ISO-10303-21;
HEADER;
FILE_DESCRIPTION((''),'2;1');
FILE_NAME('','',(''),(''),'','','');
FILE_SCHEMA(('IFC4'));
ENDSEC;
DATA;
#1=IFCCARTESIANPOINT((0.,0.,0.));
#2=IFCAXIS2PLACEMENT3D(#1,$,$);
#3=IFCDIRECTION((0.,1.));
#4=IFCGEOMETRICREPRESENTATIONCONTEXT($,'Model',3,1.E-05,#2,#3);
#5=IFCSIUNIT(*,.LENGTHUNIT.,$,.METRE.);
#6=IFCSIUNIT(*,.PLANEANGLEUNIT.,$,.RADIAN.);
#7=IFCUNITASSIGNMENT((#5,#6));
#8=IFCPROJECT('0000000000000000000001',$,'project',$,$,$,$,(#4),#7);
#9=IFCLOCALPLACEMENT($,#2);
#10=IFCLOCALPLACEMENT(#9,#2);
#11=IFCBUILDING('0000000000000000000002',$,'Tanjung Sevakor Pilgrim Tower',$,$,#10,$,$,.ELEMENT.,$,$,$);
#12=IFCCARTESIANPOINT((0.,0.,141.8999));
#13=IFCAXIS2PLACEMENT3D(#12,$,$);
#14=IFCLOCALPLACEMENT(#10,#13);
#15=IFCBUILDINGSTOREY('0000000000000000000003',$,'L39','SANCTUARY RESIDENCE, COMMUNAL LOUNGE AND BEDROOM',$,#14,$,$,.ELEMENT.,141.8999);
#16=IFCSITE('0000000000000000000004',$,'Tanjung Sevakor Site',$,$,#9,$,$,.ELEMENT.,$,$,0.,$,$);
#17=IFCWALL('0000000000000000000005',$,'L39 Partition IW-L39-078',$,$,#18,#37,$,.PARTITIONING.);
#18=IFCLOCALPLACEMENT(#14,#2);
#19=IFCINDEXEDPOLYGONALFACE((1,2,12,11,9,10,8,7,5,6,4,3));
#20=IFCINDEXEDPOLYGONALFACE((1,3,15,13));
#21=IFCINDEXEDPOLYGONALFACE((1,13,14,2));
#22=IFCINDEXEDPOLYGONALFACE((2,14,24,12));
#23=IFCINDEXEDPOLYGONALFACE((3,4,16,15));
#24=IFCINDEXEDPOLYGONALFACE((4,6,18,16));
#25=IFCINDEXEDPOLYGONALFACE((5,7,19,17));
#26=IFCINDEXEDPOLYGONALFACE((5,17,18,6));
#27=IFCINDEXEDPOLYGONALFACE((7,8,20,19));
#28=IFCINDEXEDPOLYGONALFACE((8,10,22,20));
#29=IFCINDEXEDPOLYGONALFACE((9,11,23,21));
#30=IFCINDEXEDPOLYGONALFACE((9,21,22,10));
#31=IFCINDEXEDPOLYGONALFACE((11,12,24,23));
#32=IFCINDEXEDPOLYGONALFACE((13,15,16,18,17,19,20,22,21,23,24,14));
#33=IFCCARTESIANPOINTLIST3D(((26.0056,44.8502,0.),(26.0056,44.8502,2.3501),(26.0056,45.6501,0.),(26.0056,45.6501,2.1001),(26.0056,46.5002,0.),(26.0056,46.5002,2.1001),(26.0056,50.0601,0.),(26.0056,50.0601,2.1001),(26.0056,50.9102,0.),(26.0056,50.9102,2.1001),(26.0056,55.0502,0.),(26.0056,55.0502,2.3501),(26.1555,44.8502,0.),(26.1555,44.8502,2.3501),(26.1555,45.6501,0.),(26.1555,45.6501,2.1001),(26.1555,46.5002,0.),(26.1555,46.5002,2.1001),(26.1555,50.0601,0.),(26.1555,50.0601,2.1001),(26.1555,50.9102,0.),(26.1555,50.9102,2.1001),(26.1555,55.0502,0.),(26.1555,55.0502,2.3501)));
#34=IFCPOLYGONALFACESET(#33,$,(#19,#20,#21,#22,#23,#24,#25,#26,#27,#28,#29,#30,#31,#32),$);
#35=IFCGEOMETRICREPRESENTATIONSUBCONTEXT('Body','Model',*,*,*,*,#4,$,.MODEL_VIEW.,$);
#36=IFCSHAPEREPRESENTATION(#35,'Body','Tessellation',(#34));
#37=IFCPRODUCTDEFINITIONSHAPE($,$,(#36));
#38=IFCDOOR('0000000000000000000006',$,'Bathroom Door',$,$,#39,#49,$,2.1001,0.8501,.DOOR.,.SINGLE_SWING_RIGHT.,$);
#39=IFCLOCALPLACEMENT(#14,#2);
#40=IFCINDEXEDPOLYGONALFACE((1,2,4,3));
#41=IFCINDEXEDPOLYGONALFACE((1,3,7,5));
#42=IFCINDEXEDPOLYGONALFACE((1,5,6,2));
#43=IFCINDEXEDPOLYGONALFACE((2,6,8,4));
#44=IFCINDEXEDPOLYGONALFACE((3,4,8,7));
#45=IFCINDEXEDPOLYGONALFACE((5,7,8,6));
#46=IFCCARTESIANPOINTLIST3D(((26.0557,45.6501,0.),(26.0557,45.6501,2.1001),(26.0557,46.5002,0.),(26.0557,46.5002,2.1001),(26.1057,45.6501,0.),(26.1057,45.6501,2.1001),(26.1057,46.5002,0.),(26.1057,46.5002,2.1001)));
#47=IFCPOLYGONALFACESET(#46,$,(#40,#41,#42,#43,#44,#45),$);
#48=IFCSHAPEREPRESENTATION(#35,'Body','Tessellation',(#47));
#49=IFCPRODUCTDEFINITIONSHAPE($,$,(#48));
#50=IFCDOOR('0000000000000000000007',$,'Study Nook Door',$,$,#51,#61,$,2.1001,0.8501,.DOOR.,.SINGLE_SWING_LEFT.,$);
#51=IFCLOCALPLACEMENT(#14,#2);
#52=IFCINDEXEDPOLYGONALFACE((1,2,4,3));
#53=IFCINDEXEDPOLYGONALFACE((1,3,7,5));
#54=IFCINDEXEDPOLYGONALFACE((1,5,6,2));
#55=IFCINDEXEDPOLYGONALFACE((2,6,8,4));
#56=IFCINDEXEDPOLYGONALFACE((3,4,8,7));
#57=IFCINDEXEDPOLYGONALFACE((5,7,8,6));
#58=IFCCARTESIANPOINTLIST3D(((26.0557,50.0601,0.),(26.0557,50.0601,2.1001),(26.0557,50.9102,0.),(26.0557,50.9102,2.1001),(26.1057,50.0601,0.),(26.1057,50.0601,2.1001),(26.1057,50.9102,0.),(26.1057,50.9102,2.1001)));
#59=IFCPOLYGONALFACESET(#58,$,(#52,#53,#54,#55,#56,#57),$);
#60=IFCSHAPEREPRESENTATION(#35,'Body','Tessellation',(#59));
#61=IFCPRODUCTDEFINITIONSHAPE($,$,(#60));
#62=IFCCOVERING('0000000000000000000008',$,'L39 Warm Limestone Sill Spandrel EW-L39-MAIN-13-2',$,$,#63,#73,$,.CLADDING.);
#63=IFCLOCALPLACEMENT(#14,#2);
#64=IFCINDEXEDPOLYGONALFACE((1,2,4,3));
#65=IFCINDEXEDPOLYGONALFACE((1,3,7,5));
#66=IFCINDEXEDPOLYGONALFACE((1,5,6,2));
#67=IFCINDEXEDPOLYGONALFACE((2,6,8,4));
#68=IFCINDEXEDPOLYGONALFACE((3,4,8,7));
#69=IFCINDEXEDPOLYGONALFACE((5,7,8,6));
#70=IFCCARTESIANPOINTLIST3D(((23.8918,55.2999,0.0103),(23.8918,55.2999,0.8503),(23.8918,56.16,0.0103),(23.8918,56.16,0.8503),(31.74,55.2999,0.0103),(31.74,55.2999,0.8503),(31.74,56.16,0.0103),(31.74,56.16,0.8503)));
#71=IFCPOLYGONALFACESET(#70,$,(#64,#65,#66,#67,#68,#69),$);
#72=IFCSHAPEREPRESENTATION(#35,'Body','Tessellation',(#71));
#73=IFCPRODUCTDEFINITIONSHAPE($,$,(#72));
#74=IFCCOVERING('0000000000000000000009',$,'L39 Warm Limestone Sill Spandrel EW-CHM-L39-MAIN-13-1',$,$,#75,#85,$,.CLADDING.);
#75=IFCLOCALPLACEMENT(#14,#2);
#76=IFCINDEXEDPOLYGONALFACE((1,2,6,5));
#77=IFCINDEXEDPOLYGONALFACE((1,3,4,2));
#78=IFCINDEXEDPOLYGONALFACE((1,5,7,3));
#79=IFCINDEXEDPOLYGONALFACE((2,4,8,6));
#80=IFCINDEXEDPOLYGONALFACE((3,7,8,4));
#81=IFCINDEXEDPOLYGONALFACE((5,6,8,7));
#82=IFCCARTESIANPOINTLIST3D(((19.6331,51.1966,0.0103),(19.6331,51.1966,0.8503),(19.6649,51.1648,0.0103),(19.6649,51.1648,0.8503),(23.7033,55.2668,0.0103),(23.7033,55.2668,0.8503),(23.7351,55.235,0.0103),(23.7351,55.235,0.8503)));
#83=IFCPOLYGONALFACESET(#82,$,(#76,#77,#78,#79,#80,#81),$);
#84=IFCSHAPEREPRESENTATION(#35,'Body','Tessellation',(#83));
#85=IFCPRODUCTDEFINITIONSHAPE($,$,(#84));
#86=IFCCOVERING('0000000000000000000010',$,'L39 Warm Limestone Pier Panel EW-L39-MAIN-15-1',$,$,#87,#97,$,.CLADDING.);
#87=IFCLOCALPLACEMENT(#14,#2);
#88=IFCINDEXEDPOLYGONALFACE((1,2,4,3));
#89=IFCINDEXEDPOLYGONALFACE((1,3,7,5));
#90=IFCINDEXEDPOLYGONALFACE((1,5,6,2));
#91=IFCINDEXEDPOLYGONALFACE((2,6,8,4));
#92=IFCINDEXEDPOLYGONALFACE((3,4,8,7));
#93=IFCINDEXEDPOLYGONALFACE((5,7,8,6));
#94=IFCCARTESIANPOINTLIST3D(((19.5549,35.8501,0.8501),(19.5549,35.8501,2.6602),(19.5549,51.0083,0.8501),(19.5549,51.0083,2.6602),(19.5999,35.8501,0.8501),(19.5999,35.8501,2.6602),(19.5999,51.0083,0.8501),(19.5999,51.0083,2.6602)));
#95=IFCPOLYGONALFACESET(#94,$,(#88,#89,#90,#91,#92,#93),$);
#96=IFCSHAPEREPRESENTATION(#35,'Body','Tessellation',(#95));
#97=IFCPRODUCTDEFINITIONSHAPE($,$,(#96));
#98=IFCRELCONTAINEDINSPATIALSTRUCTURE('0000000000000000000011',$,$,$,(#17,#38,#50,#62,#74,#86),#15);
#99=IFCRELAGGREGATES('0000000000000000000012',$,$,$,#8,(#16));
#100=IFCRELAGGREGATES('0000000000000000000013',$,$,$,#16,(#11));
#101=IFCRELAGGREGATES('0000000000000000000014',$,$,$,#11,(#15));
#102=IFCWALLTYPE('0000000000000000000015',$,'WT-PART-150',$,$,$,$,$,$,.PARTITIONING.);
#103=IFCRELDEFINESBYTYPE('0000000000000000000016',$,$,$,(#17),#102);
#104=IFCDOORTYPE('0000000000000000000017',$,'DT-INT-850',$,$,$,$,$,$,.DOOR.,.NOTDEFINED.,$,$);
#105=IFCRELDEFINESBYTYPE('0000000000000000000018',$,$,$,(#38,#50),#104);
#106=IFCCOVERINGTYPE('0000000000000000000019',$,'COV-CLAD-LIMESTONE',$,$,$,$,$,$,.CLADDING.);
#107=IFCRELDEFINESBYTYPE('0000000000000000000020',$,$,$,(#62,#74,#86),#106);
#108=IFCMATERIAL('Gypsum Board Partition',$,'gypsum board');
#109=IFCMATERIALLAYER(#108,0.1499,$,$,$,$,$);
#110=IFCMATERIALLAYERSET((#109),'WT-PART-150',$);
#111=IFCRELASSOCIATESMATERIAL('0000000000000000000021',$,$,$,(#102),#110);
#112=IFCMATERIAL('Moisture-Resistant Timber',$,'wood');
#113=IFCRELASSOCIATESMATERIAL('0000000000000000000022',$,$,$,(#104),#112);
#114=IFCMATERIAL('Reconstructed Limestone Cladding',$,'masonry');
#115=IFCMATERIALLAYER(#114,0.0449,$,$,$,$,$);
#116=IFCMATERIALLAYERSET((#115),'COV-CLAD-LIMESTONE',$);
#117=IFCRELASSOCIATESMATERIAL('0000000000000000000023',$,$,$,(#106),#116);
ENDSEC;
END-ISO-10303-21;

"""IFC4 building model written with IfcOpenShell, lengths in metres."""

from ifc_helpers import new_model, si_unit, direction, frame, frame_2d, origin, origin_2d, place, context, subcontext, project, spatial, rectangle, extrude, material, layer, layer_set, type_object, element, fill, save


model = new_model("IFC4")

# Units and contexts
model_context = context("Model", 3, precision=1e-05, world=origin(), true_north=direction((0.0, 1.0)))
body_context = subcontext(model_context, "Body", "Model", "MODEL_VIEW")
ifc_project = project(units=[si_unit("LENGTHUNIT", "METRE"), si_unit("PLANEANGLEUNIT", "RADIAN")], contexts=[model_context])

# Site, building, storey
site_placement = place(None, origin())
site = spatial("IfcSite", under=ifc_project, at=site_placement, Name="Tanjung Sevakor Site", CompositionType="ELEMENT", RefElevation=0.0)
building_placement = place(site_placement, origin())
building = spatial("IfcBuilding", under=site, at=building_placement, Name="Tanjung Sevakor Pilgrim Tower", CompositionType="ELEMENT")
storey_placement = place(building_placement, frame((0.0, 0.0, 141.8999)))
storey = spatial("IfcBuildingStorey", under=building, at=storey_placement, Name="L39", Description="SANCTUARY RESIDENCE, COMMUNAL LOUNGE AND BEDROOM", CompositionType="ELEMENT", Elevation=141.8999)

# Shared definitions
ifc_material_1 = material(Name="Gypsum Board Partition", Category="gypsum board")
ifc_layer_1 = layer(ifc_material_1, 0.1499)
ifc_layer_set_1 = layer_set([ifc_layer_1], Name="WT-PART-150")
wall_type_1 = type_object("IfcWallType", Name="WT-PART-150", PredefinedType="PARTITIONING", material=ifc_layer_set_1)

# Wall, openings, doors
wall_1_placement = place(storey_placement, frame((26.0806, 44.8501, 0.0), z_axis=(0.0, 0.0, 1.0), x_axis=(0.0, 1.0, 0.0)))
wall_1 = element("IfcWall", 1, at=wall_1_placement, inside=storey, type_object=wall_type_1, Name="L39 Partition IW-L39-078", PredefinedType="PARTITIONING", context=body_context, shape_type="SweptSolid", body=[
    extrude(rectangle(XDim=10.2, YDim=0.1499, at=frame_2d((5.1001, 0.0))), origin(), (0.0, 0.0, 1.0), 2.3501),
])
opening_1_placement = place(wall_1_placement, frame((0.8, 0.0, 0.0)))
opening_1 = element("IfcOpeningElement", 2, at=opening_1_placement, cuts=wall_1, PredefinedType="OPENING", context=body_context, shape_type="SweptSolid", body=[
    extrude(rectangle(XDim=0.8501, YDim=2.1001, at=frame_2d((0.425, 1.05))), frame((0.0, 0.085, 0.0), z_axis=(0.0, -1.0, 0.0), x_axis=(1.0, 0.0, 0.0)), (0.0, 0.0, 1.0), 0.1699),
])
opening_2_placement = place(wall_1_placement, frame((5.21, 0.0, 0.0)))
opening_2 = element("IfcOpeningElement", 3, at=opening_2_placement, cuts=wall_1, PredefinedType="OPENING", context=body_context, shape_type="SweptSolid", body=[
    extrude(rectangle(XDim=0.8501, YDim=2.1001, at=frame_2d((0.425, 1.05))), frame((0.0, 0.085, 0.0), z_axis=(0.0, -1.0, 0.0), x_axis=(1.0, 0.0, 0.0)), (0.0, 0.0, 1.0), 0.1699),
])
ifc_material_2 = material(Name="Moisture-Resistant Timber", Category="wood")
door_type_1 = type_object("IfcDoorType", Name="DT-INT-850", OperationType="NOTDEFINED", PredefinedType="DOOR", material=ifc_material_2)
door_1_placement = place(opening_1_placement, origin())
door_1 = element("IfcDoor", 4, at=door_1_placement, inside=storey, type_object=door_type_1, Name="Bathroom Door", OperationType="SINGLE_SWING_RIGHT", OverallHeight=2.1001, OverallWidth=0.8501, PredefinedType="DOOR", context=body_context, shape_type="SweptSolid", body=[
    extrude(rectangle(XDim=0.8501, YDim=2.1001, at=frame_2d((0.425, 1.05))), frame((0.0, 0.0249, 0.0), z_axis=(0.0, -1.0, 0.0), x_axis=(1.0, 0.0, 0.0)), (0.0, 0.0, 1.0), 0.05),
])
fill(opening_1, door_1)
door_2_placement = place(opening_2_placement, origin())
door_2 = element("IfcDoor", 5, at=door_2_placement, inside=storey, type_object=door_type_1, Name="Study Nook Door", OperationType="SINGLE_SWING_LEFT", OverallHeight=2.1001, OverallWidth=0.8501, PredefinedType="DOOR", context=body_context, shape_type="SweptSolid", body=[
    extrude(rectangle(XDim=0.8501, YDim=2.1001, at=frame_2d((0.425, 1.05))), frame((0.0, 0.0249, 0.0), z_axis=(0.0, -1.0, 0.0), x_axis=(1.0, 0.0, 0.0)), (0.0, 0.0, 1.0), 0.05),
])
fill(opening_2, door_2)

# Coverings
ifc_material_3 = material(Name="Reconstructed Limestone Cladding", Category="masonry")
ifc_layer_2 = layer(ifc_material_3, 0.0449)
ifc_layer_set_2 = layer_set([ifc_layer_2], Name="COV-CLAD-LIMESTONE")
covering_type = type_object("IfcCoveringType", Name="COV-CLAD-LIMESTONE", PredefinedType="CLADDING", material=ifc_layer_set_2)
covering_1_placement = place(storey_placement, frame((27.8159, 55.73, 0.0103), z_axis=(0.0, 0.0, 1.0), x_axis=(-1.0, 0.0, 0.0)))
element("IfcCovering", 6, at=covering_1_placement, inside=storey, type_object=covering_type, Name="L39 Warm Limestone Sill Spandrel EW-L39-MAIN-13-2", PredefinedType="CLADDING", context=body_context, shape_type="SweptSolid", body=[
    extrude(rectangle(XDim=7.8481, YDim=0.8601, at=origin_2d()), origin(), (0.0, 0.0, 1.0), 0.8401),
])
covering_2_placement = place(storey_placement, frame((21.6841, 53.2158, 0.0103), z_axis=(0.0, 0.0, 1.0), x_axis=(-0.707107, -0.707107, 0.0)))
element("IfcCovering", 7, at=covering_2_placement, inside=storey, type_object=covering_type, Name="L39 Warm Limestone Sill Spandrel EW-CHM-L39-MAIN-13-1", PredefinedType="CLADDING", context=body_context, shape_type="SweptSolid", body=[
    extrude(rectangle(XDim=5.7561, YDim=0.0449, at=origin_2d()), origin(), (0.0, 0.0, 1.0), 0.8401),
])
covering_3_placement = place(storey_placement, frame((19.5774, 43.4292, 0.8501), z_axis=(0.0, 0.0, 1.0), x_axis=(0.0, -1.0, 0.0)))
element("IfcCovering", 8, at=covering_3_placement, inside=storey, type_object=covering_type, Name="L39 Warm Limestone Pier Panel EW-L39-MAIN-15-1", PredefinedType="CLADDING", context=body_context, shape_type="SweptSolid", body=[
    extrude(rectangle(XDim=15.1582, YDim=0.0449, at=origin_2d()), origin(), (0.0, 0.0, 1.0), 1.8101),
])

save(model, "model.ifc")
